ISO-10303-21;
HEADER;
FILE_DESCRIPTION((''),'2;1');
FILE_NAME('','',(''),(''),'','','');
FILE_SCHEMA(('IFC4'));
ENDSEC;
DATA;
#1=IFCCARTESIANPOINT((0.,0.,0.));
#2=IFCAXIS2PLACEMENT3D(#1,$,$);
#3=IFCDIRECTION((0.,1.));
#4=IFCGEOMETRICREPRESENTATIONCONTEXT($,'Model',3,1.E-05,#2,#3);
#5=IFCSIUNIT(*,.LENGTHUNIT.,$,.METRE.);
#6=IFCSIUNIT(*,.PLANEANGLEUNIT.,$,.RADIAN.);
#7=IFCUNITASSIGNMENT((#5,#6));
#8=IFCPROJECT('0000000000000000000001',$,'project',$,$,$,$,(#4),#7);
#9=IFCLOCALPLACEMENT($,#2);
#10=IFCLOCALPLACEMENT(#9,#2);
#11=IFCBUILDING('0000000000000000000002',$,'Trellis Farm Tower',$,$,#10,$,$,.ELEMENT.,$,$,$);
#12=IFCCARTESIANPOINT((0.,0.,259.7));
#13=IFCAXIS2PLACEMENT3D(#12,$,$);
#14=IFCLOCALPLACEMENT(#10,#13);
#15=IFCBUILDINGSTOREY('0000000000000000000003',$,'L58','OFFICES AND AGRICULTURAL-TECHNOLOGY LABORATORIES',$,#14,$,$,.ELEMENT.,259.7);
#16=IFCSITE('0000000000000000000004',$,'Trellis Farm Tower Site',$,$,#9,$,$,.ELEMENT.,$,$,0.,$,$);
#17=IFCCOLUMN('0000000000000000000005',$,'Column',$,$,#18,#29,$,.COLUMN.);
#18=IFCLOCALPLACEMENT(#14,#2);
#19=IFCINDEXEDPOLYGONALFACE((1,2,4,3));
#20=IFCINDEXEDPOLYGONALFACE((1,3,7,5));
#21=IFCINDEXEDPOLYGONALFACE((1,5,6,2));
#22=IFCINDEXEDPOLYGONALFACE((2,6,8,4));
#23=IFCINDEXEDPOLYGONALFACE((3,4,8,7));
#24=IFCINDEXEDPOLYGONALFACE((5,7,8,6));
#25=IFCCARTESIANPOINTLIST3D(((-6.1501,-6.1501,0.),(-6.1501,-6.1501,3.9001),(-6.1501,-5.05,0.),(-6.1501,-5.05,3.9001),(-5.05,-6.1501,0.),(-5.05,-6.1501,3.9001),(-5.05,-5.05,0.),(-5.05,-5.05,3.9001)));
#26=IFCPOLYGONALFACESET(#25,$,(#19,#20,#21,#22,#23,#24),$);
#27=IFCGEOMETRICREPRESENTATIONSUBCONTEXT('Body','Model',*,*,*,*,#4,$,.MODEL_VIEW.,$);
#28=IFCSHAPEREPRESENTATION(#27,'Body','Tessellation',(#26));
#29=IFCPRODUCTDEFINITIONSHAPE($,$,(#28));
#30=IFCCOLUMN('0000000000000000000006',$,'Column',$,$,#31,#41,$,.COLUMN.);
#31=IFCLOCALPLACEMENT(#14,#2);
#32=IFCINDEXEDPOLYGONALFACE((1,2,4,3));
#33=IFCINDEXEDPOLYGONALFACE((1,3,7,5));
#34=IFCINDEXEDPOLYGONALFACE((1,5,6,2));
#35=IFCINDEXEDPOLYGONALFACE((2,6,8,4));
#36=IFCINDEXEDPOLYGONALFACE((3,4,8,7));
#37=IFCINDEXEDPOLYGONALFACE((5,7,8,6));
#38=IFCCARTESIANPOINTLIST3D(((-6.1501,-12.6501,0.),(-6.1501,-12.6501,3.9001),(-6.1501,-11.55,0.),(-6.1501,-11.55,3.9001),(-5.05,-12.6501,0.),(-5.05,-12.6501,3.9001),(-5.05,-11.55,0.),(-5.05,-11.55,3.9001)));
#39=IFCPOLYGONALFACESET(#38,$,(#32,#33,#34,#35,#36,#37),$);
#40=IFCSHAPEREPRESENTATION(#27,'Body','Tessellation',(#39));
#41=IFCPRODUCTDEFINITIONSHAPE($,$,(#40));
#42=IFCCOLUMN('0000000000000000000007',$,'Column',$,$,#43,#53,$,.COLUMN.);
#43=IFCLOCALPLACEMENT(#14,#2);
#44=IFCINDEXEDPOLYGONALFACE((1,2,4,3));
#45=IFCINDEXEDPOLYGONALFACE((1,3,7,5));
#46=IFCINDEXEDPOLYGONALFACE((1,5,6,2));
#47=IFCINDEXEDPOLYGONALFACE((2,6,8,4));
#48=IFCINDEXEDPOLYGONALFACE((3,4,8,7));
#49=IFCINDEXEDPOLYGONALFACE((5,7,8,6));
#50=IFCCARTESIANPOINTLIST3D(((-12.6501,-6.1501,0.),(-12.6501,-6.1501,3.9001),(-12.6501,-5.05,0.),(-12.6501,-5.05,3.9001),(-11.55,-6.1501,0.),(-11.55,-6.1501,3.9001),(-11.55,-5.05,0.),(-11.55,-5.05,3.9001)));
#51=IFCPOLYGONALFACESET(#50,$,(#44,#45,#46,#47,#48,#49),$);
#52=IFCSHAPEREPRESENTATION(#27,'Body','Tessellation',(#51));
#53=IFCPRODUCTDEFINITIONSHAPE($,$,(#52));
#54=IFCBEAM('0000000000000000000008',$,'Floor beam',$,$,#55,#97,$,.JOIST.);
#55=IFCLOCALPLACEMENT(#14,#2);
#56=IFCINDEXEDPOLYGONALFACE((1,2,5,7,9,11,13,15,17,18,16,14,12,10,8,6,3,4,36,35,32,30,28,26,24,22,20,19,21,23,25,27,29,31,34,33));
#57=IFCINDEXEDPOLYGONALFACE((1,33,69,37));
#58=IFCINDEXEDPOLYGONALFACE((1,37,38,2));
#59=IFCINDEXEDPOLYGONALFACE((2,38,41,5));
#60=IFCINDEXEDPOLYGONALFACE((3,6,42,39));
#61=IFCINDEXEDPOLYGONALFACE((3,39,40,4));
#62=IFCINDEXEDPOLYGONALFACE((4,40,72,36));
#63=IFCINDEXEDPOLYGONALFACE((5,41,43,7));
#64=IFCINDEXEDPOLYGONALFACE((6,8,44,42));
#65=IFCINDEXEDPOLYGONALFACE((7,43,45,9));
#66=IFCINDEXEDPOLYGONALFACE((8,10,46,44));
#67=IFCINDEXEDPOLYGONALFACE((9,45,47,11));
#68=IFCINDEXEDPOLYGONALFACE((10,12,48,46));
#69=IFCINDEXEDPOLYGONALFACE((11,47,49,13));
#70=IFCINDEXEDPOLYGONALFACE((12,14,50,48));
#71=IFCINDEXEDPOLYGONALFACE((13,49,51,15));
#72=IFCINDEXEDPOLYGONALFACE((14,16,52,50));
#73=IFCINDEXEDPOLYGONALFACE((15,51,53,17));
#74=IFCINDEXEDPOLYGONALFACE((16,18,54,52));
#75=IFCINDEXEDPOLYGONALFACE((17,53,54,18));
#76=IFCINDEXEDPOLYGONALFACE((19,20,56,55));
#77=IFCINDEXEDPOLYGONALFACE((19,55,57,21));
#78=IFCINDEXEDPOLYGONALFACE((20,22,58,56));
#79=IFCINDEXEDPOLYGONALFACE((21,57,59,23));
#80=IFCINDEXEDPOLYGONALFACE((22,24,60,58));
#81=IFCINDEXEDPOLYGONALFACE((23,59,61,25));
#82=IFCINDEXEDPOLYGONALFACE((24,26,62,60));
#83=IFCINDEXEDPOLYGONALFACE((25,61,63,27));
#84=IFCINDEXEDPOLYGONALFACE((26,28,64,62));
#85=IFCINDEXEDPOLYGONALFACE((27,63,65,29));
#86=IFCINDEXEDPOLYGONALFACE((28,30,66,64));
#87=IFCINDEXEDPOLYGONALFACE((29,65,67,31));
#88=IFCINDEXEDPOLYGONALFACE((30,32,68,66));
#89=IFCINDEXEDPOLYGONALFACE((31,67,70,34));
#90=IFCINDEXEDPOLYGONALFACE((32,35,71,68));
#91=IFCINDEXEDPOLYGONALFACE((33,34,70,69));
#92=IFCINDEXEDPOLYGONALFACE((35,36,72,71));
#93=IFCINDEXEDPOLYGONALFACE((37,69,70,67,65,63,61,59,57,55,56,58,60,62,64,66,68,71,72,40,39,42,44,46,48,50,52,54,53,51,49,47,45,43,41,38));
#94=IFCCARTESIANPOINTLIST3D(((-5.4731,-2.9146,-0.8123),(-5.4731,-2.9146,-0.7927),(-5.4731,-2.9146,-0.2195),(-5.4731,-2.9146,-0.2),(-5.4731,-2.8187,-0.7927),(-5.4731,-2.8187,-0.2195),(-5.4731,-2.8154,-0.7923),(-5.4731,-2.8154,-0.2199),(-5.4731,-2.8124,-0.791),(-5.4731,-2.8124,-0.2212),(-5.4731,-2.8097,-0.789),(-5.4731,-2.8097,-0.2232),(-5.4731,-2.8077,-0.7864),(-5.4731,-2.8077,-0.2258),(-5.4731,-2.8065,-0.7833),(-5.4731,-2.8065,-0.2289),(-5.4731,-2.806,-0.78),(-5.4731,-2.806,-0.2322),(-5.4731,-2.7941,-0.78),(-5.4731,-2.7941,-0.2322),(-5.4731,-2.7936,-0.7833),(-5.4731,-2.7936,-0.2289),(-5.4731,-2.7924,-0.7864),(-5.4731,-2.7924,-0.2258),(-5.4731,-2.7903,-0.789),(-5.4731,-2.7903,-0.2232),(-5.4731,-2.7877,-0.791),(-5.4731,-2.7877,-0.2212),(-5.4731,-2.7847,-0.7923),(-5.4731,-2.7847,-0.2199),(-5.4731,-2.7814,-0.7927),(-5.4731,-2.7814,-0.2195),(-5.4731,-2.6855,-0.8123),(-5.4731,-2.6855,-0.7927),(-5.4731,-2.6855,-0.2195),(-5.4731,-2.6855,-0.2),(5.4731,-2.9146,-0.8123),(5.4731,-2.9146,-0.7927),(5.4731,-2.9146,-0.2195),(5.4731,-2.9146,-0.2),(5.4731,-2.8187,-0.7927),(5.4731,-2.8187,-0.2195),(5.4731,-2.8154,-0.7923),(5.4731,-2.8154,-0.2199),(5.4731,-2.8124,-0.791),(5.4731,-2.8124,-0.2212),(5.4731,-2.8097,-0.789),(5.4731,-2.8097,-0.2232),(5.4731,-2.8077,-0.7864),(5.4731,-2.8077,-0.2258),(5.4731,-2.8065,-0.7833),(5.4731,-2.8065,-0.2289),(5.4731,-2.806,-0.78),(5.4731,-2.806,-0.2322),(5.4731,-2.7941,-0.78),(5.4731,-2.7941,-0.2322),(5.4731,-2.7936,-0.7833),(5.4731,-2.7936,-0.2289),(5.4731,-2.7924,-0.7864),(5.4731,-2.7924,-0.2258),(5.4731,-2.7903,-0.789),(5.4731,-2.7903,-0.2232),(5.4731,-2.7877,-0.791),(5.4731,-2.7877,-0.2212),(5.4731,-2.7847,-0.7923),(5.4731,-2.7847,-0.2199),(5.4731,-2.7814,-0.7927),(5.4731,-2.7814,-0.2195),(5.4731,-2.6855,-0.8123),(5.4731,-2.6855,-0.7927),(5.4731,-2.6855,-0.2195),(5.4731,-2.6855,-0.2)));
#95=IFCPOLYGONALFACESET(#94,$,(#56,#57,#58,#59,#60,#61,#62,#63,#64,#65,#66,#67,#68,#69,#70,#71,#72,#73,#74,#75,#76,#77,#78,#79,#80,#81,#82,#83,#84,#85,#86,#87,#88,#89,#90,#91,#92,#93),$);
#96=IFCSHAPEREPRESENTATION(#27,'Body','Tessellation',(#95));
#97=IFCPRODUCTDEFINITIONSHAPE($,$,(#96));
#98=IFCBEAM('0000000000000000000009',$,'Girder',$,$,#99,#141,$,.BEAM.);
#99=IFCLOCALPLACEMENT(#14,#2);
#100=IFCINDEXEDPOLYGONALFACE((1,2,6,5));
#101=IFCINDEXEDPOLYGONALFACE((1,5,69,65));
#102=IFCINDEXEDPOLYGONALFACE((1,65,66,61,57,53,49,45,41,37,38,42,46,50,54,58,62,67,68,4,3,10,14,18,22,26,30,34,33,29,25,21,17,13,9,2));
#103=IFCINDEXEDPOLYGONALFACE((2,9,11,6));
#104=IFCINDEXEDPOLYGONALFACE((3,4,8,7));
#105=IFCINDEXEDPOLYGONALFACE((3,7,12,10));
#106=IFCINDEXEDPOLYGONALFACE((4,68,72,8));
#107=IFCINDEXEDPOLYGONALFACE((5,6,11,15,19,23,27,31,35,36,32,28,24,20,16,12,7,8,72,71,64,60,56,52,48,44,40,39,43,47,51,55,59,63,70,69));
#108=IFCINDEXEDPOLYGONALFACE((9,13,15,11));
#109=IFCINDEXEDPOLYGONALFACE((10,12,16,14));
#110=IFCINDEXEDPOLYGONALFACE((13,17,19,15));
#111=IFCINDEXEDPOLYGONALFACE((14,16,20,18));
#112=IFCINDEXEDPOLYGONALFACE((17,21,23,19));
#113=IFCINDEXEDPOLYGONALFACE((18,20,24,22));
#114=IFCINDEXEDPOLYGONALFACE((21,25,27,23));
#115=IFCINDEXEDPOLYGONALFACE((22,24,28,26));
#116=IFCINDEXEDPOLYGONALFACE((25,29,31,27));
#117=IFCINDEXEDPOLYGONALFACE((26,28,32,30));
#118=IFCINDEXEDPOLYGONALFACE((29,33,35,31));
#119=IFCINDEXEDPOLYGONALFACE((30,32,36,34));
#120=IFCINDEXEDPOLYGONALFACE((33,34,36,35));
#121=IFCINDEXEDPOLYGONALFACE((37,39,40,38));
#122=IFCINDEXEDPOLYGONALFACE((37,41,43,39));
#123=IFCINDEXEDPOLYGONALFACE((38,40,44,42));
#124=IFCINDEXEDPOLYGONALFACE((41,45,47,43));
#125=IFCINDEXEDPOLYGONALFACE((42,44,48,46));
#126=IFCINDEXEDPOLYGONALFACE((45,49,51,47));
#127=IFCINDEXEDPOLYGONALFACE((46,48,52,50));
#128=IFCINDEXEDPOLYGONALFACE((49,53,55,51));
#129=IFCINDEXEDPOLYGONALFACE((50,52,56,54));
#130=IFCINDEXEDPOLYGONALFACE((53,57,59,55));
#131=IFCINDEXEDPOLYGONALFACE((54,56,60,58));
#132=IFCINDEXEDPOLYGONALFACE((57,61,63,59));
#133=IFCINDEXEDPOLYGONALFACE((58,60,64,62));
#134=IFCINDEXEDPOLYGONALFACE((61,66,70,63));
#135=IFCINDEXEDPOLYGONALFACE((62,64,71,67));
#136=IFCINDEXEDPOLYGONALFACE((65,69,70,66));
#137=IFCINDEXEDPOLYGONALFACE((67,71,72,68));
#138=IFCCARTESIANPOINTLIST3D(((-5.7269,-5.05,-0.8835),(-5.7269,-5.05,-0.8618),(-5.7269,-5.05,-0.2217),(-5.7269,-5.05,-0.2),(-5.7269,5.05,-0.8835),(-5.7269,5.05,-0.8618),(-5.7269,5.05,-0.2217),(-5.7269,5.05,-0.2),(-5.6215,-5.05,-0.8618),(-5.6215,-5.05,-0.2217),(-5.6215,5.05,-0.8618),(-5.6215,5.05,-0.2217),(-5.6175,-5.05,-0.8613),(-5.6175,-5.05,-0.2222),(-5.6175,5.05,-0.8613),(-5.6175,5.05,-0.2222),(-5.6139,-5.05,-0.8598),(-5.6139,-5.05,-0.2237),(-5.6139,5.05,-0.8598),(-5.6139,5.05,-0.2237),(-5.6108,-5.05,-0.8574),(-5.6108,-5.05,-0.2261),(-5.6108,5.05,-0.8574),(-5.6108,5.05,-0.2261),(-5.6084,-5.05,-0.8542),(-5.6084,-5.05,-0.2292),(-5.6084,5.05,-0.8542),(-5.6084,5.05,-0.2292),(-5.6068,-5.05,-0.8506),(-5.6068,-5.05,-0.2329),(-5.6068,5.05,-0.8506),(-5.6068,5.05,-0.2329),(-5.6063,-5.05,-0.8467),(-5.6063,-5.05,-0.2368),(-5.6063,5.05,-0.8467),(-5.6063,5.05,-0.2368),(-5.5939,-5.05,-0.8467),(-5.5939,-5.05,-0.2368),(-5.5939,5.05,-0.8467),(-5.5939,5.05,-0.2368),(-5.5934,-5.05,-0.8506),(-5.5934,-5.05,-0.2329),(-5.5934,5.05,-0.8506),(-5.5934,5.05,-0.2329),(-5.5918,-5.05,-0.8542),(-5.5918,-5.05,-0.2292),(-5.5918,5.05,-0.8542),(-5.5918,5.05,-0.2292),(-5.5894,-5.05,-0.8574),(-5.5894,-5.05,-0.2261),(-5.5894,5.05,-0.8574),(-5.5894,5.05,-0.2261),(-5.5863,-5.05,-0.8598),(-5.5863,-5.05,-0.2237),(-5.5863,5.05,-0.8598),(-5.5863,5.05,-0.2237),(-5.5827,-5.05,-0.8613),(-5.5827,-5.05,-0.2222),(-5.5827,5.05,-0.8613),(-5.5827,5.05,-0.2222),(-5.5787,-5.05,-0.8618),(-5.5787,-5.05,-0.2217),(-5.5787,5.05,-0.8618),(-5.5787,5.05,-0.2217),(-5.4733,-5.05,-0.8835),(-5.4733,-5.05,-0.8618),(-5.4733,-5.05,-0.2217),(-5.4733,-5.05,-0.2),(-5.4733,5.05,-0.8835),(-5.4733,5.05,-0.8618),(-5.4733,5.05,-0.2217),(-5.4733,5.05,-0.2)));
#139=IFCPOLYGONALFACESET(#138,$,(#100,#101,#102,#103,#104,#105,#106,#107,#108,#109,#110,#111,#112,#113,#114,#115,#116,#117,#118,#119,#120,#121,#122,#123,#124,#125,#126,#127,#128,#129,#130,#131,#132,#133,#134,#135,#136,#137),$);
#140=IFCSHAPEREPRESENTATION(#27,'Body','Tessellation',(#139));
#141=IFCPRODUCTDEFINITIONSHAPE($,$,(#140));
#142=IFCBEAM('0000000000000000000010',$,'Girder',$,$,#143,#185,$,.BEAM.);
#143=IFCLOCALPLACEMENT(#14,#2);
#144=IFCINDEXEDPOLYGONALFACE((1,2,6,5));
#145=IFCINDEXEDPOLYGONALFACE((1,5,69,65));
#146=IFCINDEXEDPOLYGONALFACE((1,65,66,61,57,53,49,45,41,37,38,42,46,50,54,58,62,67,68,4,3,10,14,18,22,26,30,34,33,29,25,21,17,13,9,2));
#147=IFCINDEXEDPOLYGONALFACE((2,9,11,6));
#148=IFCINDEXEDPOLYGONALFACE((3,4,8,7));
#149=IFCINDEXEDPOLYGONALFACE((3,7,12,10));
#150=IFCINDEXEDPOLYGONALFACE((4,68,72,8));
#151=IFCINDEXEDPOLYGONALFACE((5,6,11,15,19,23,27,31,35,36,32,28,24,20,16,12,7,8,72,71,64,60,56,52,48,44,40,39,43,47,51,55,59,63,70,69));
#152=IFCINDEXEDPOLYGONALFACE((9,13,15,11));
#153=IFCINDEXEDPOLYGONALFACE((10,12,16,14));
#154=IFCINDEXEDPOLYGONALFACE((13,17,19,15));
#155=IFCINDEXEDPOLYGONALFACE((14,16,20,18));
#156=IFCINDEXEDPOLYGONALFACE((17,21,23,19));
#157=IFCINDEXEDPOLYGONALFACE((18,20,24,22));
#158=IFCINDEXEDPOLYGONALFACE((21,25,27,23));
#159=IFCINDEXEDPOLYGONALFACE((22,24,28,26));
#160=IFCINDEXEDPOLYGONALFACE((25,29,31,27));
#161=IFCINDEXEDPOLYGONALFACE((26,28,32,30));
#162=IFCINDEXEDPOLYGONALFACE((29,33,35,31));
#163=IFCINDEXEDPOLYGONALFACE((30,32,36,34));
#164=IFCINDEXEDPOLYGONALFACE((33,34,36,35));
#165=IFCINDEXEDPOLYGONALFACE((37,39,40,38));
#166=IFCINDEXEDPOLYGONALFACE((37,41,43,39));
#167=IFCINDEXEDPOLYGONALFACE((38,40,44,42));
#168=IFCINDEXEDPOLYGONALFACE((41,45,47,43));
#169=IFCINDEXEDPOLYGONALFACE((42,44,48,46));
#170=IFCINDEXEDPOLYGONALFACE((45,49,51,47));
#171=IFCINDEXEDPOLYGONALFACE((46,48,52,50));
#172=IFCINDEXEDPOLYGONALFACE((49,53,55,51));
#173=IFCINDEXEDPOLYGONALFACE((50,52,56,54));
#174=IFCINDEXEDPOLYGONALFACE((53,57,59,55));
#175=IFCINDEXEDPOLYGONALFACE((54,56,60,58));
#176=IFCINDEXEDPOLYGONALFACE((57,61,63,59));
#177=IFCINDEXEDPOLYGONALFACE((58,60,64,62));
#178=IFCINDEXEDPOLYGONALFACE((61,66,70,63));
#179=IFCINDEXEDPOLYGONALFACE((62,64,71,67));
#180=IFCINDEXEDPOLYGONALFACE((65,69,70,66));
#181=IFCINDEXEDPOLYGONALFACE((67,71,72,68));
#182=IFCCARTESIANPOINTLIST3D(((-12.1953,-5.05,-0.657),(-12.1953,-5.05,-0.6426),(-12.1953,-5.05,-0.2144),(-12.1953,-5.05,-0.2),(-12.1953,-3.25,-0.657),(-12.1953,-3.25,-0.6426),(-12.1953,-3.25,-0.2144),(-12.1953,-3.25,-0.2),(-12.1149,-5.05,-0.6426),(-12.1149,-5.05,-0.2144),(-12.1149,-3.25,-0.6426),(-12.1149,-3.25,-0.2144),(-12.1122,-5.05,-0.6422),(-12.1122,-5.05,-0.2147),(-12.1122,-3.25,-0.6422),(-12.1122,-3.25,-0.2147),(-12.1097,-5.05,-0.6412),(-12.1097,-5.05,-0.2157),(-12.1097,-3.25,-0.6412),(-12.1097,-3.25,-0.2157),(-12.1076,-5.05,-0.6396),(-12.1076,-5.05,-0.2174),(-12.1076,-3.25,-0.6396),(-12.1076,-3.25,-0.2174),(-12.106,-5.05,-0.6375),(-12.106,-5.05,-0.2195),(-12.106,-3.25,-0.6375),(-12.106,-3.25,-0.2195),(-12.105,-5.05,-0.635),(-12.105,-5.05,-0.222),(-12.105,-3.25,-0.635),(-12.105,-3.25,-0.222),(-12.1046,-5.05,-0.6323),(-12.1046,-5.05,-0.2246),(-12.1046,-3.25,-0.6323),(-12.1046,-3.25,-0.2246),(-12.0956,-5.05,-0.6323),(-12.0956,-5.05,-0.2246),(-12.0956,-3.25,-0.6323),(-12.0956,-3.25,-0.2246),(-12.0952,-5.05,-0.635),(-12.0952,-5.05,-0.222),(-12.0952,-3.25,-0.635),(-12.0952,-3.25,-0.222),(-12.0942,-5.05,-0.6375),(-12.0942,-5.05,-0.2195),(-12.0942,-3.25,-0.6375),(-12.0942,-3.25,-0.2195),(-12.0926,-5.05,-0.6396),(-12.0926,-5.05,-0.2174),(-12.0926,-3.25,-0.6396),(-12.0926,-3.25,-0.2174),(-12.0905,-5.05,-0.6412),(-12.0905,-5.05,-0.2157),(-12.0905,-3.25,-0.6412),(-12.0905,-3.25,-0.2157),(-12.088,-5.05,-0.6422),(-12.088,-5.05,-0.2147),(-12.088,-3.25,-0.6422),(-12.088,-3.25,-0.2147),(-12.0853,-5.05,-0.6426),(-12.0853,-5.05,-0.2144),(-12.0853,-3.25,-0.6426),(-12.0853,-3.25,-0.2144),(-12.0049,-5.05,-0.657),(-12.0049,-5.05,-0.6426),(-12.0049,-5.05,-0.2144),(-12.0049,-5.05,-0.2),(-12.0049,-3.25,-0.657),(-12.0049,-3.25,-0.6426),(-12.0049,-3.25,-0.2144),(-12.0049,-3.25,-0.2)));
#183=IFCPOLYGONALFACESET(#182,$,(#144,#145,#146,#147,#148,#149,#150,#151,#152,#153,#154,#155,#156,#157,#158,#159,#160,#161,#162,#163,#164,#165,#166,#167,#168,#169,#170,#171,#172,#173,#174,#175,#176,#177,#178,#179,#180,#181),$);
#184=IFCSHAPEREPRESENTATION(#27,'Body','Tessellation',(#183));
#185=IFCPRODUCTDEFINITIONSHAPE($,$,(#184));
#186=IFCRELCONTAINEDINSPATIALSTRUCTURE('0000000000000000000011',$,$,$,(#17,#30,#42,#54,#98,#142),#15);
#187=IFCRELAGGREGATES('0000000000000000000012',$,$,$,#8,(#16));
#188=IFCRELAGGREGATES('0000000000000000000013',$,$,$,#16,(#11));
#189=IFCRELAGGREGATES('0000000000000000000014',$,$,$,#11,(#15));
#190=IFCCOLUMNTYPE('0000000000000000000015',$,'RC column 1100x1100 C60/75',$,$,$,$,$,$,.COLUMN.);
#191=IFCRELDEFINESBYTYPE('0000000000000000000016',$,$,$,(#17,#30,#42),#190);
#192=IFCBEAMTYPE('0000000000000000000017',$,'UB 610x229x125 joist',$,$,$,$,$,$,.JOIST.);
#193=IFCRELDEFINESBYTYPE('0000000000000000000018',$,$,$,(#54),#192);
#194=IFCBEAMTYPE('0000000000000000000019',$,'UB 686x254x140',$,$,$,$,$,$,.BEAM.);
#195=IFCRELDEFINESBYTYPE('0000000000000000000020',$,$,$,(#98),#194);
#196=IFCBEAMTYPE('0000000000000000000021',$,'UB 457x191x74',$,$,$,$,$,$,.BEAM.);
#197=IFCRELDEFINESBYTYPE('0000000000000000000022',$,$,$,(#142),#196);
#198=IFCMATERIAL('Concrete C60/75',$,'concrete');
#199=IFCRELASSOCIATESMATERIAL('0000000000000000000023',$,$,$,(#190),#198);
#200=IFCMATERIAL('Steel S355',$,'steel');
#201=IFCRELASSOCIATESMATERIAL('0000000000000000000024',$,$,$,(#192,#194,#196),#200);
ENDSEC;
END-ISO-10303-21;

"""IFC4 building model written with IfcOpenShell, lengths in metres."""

from ifc_helpers import new_model, si_unit, direction, frame, origin, origin_2d, place, context, subcontext, project, spatial, rectangle, i_section, extrude, source, transform, mapped, material, material_profile, profile_set, type_object, element, save


model = new_model("IFC4")

# Units and contexts
model_context = context("Model", 3, precision=1e-05, world=origin(), true_north=direction((0.0, 1.0)))
body_context = subcontext(model_context, "Body", "Model", "MODEL_VIEW")
ifc_project = project(units=[si_unit("LENGTHUNIT", "METRE"), si_unit("PLANEANGLEUNIT", "RADIAN")], contexts=[model_context])

# Site, building, storey
site_placement = place(None, origin())
site = spatial("IfcSite", under=ifc_project, at=site_placement, Name="Trellis Farm Tower Site", CompositionType="ELEMENT", RefElevation=0.0)
building_placement = place(site_placement, origin())
building = spatial("IfcBuilding", under=site, at=building_placement, Name="Trellis Farm Tower", CompositionType="ELEMENT")
storey_placement = place(building_placement, frame((0.0, 0.0, 259.7)))
storey = spatial("IfcBuildingStorey", under=building, at=storey_placement, Name="L58", Description="OFFICES AND AGRICULTURAL-TECHNOLOGY LABORATORIES", CompositionType="ELEMENT", Elevation=259.7)

# Columns
ifc_material_1 = material(Name="Concrete C60/75", Category="concrete")
ifc_material_profile_1 = material_profile(ifc_material_1, rectangle(XDim=1.1001, YDim=1.1001, at=origin_2d()), Name="RC column 1100x1100 C60/75")
ifc_profile_set_1 = profile_set([ifc_material_profile_1], Name="Concrete C60/75")
column_type = type_object("IfcColumnType", Name="RC column 1100x1100 C60/75", PredefinedType="COLUMN", material=ifc_profile_set_1)
shared_shape_1 = source(origin(), body_context, "Body", "SweptSolid", [
    extrude(rectangle(XDim=1.1001, YDim=1.1001, at=origin_2d()), origin(), (0.0, 0.0, 1.0), 3.9001),
])
for number, where, z_axis, x_axis, name in (
    (1, (-5.6001, -5.6001, 0.0), (0.0, 0.0, 1.0), (1.0, 0.0, 0.0), "Column"),
    (2, (-5.6001, -12.1001, 0.0), (0.0, 0.0, 1.0), (1.0, 0.0, 0.0), "Column"),
    (3, (-12.1001, -5.6001, 0.0), (0.0, 0.0, 1.0), (1.0, 0.0, 0.0), "Column"),
):
    element("IfcColumn", number, at=place(storey_placement, frame(where, z_axis=z_axis, x_axis=x_axis)), inside=storey, type_object=column_type, Name=name, PredefinedType="COLUMN", context=body_context, shape_type="MappedRepresentation", body=[
        mapped(shared_shape_1, transform((0.0, 0.0, 0.0))),
    ])

# Beams
ifc_material_2 = material(Name="Steel S355", Category="steel")
ifc_material_profile_2 = material_profile(ifc_material_2, i_section(OverallWidth=0.229, OverallDepth=0.6123, WebThickness=0.012, FlangeThickness=0.0195, FilletRadius=0.0127, at=origin_2d()), Name="UB 610x229x125")
ifc_profile_set_2 = profile_set([ifc_material_profile_2], Name="Steel S355")
beam_type_1 = type_object("IfcBeamType", Name="UB 610x229x125 joist", PredefinedType="JOIST", material=ifc_profile_set_2)
shared_shape_2 = source(origin(), body_context, "Body", "SweptSolid", [
    extrude(i_section(OverallWidth=0.229, OverallDepth=0.6123, WebThickness=0.012, FlangeThickness=0.0195, FilletRadius=0.0127, at=origin_2d()), origin(), (0.0, 0.0, 1.0), 10.9463),
])
beam_1_placement = place(storey_placement, frame((-5.4731, -2.8, -0.5061), z_axis=(1.0, 0.0, 0.0), x_axis=(0.0, 1.0, 0.0)))
element("IfcBeam", 4, at=beam_1_placement, inside=storey, type_object=beam_type_1, Name="Floor beam", PredefinedType="JOIST", context=body_context, shape_type="MappedRepresentation", body=[
    mapped(shared_shape_2, transform((0.0, 0.0, 0.0))),
])
ifc_material_profile_3 = material_profile(ifc_material_2, i_section(OverallWidth=0.2537, OverallDepth=0.6836, WebThickness=0.0125, FlangeThickness=0.0217, FilletRadius=0.0151, at=origin_2d()), Name="UB 686x254x140")
ifc_profile_set_3 = profile_set([ifc_material_profile_3], Name="Steel S355")
beam_type_2 = type_object("IfcBeamType", Name="UB 686x254x140", PredefinedType="BEAM", material=ifc_profile_set_3)
shared_shape_3 = source(origin(), body_context, "Body", "SweptSolid", [
    extrude(i_section(OverallWidth=0.2537, OverallDepth=0.6836, WebThickness=0.0125, FlangeThickness=0.0217, FilletRadius=0.0151, at=origin_2d()), origin(), (0.0, 0.0, 1.0), 10.1001),
])
beam_2_placement = place(storey_placement, frame((-5.6001, -5.05, -0.5417), z_axis=(0.0, 1.0, 0.0), x_axis=(-1.0, 0.0, 0.0)))
element("IfcBeam", 5, at=beam_2_placement, inside=storey, type_object=beam_type_2, Name="Girder", PredefinedType="BEAM", context=body_context, shape_type="MappedRepresentation", body=[
    mapped(shared_shape_3, transform((0.0, 0.0, 0.0))),
])
ifc_material_profile_4 = material_profile(ifc_material_2, i_section(OverallWidth=0.1904, OverallDepth=0.457, WebThickness=0.009, FlangeThickness=0.0144, FilletRadius=0.0103, at=origin_2d()), Name="UB 457x191x74")
ifc_profile_set_4 = profile_set([ifc_material_profile_4], Name="Steel S355")
beam_type_3 = type_object("IfcBeamType", Name="UB 457x191x74", PredefinedType="BEAM", material=ifc_profile_set_4)
shared_shape_4 = source(origin(), body_context, "Body", "SweptSolid", [
    extrude(i_section(OverallWidth=0.1904, OverallDepth=0.457, WebThickness=0.009, FlangeThickness=0.0144, FilletRadius=0.0103, at=origin_2d()), origin(), (0.0, 0.0, 1.0), 1.8),
])
beam_3_placement = place(storey_placement, frame((-12.1001, -5.05, -0.4285), z_axis=(0.0, 1.0, 0.0), x_axis=(-1.0, 0.0, 0.0)))
element("IfcBeam", 6, at=beam_3_placement, inside=storey, type_object=beam_type_3, Name="Girder", PredefinedType="BEAM", context=body_context, shape_type="MappedRepresentation", body=[
    mapped(shared_shape_4, transform((0.0, 0.0, 0.0))),
])

save(model, "model.ifc")
